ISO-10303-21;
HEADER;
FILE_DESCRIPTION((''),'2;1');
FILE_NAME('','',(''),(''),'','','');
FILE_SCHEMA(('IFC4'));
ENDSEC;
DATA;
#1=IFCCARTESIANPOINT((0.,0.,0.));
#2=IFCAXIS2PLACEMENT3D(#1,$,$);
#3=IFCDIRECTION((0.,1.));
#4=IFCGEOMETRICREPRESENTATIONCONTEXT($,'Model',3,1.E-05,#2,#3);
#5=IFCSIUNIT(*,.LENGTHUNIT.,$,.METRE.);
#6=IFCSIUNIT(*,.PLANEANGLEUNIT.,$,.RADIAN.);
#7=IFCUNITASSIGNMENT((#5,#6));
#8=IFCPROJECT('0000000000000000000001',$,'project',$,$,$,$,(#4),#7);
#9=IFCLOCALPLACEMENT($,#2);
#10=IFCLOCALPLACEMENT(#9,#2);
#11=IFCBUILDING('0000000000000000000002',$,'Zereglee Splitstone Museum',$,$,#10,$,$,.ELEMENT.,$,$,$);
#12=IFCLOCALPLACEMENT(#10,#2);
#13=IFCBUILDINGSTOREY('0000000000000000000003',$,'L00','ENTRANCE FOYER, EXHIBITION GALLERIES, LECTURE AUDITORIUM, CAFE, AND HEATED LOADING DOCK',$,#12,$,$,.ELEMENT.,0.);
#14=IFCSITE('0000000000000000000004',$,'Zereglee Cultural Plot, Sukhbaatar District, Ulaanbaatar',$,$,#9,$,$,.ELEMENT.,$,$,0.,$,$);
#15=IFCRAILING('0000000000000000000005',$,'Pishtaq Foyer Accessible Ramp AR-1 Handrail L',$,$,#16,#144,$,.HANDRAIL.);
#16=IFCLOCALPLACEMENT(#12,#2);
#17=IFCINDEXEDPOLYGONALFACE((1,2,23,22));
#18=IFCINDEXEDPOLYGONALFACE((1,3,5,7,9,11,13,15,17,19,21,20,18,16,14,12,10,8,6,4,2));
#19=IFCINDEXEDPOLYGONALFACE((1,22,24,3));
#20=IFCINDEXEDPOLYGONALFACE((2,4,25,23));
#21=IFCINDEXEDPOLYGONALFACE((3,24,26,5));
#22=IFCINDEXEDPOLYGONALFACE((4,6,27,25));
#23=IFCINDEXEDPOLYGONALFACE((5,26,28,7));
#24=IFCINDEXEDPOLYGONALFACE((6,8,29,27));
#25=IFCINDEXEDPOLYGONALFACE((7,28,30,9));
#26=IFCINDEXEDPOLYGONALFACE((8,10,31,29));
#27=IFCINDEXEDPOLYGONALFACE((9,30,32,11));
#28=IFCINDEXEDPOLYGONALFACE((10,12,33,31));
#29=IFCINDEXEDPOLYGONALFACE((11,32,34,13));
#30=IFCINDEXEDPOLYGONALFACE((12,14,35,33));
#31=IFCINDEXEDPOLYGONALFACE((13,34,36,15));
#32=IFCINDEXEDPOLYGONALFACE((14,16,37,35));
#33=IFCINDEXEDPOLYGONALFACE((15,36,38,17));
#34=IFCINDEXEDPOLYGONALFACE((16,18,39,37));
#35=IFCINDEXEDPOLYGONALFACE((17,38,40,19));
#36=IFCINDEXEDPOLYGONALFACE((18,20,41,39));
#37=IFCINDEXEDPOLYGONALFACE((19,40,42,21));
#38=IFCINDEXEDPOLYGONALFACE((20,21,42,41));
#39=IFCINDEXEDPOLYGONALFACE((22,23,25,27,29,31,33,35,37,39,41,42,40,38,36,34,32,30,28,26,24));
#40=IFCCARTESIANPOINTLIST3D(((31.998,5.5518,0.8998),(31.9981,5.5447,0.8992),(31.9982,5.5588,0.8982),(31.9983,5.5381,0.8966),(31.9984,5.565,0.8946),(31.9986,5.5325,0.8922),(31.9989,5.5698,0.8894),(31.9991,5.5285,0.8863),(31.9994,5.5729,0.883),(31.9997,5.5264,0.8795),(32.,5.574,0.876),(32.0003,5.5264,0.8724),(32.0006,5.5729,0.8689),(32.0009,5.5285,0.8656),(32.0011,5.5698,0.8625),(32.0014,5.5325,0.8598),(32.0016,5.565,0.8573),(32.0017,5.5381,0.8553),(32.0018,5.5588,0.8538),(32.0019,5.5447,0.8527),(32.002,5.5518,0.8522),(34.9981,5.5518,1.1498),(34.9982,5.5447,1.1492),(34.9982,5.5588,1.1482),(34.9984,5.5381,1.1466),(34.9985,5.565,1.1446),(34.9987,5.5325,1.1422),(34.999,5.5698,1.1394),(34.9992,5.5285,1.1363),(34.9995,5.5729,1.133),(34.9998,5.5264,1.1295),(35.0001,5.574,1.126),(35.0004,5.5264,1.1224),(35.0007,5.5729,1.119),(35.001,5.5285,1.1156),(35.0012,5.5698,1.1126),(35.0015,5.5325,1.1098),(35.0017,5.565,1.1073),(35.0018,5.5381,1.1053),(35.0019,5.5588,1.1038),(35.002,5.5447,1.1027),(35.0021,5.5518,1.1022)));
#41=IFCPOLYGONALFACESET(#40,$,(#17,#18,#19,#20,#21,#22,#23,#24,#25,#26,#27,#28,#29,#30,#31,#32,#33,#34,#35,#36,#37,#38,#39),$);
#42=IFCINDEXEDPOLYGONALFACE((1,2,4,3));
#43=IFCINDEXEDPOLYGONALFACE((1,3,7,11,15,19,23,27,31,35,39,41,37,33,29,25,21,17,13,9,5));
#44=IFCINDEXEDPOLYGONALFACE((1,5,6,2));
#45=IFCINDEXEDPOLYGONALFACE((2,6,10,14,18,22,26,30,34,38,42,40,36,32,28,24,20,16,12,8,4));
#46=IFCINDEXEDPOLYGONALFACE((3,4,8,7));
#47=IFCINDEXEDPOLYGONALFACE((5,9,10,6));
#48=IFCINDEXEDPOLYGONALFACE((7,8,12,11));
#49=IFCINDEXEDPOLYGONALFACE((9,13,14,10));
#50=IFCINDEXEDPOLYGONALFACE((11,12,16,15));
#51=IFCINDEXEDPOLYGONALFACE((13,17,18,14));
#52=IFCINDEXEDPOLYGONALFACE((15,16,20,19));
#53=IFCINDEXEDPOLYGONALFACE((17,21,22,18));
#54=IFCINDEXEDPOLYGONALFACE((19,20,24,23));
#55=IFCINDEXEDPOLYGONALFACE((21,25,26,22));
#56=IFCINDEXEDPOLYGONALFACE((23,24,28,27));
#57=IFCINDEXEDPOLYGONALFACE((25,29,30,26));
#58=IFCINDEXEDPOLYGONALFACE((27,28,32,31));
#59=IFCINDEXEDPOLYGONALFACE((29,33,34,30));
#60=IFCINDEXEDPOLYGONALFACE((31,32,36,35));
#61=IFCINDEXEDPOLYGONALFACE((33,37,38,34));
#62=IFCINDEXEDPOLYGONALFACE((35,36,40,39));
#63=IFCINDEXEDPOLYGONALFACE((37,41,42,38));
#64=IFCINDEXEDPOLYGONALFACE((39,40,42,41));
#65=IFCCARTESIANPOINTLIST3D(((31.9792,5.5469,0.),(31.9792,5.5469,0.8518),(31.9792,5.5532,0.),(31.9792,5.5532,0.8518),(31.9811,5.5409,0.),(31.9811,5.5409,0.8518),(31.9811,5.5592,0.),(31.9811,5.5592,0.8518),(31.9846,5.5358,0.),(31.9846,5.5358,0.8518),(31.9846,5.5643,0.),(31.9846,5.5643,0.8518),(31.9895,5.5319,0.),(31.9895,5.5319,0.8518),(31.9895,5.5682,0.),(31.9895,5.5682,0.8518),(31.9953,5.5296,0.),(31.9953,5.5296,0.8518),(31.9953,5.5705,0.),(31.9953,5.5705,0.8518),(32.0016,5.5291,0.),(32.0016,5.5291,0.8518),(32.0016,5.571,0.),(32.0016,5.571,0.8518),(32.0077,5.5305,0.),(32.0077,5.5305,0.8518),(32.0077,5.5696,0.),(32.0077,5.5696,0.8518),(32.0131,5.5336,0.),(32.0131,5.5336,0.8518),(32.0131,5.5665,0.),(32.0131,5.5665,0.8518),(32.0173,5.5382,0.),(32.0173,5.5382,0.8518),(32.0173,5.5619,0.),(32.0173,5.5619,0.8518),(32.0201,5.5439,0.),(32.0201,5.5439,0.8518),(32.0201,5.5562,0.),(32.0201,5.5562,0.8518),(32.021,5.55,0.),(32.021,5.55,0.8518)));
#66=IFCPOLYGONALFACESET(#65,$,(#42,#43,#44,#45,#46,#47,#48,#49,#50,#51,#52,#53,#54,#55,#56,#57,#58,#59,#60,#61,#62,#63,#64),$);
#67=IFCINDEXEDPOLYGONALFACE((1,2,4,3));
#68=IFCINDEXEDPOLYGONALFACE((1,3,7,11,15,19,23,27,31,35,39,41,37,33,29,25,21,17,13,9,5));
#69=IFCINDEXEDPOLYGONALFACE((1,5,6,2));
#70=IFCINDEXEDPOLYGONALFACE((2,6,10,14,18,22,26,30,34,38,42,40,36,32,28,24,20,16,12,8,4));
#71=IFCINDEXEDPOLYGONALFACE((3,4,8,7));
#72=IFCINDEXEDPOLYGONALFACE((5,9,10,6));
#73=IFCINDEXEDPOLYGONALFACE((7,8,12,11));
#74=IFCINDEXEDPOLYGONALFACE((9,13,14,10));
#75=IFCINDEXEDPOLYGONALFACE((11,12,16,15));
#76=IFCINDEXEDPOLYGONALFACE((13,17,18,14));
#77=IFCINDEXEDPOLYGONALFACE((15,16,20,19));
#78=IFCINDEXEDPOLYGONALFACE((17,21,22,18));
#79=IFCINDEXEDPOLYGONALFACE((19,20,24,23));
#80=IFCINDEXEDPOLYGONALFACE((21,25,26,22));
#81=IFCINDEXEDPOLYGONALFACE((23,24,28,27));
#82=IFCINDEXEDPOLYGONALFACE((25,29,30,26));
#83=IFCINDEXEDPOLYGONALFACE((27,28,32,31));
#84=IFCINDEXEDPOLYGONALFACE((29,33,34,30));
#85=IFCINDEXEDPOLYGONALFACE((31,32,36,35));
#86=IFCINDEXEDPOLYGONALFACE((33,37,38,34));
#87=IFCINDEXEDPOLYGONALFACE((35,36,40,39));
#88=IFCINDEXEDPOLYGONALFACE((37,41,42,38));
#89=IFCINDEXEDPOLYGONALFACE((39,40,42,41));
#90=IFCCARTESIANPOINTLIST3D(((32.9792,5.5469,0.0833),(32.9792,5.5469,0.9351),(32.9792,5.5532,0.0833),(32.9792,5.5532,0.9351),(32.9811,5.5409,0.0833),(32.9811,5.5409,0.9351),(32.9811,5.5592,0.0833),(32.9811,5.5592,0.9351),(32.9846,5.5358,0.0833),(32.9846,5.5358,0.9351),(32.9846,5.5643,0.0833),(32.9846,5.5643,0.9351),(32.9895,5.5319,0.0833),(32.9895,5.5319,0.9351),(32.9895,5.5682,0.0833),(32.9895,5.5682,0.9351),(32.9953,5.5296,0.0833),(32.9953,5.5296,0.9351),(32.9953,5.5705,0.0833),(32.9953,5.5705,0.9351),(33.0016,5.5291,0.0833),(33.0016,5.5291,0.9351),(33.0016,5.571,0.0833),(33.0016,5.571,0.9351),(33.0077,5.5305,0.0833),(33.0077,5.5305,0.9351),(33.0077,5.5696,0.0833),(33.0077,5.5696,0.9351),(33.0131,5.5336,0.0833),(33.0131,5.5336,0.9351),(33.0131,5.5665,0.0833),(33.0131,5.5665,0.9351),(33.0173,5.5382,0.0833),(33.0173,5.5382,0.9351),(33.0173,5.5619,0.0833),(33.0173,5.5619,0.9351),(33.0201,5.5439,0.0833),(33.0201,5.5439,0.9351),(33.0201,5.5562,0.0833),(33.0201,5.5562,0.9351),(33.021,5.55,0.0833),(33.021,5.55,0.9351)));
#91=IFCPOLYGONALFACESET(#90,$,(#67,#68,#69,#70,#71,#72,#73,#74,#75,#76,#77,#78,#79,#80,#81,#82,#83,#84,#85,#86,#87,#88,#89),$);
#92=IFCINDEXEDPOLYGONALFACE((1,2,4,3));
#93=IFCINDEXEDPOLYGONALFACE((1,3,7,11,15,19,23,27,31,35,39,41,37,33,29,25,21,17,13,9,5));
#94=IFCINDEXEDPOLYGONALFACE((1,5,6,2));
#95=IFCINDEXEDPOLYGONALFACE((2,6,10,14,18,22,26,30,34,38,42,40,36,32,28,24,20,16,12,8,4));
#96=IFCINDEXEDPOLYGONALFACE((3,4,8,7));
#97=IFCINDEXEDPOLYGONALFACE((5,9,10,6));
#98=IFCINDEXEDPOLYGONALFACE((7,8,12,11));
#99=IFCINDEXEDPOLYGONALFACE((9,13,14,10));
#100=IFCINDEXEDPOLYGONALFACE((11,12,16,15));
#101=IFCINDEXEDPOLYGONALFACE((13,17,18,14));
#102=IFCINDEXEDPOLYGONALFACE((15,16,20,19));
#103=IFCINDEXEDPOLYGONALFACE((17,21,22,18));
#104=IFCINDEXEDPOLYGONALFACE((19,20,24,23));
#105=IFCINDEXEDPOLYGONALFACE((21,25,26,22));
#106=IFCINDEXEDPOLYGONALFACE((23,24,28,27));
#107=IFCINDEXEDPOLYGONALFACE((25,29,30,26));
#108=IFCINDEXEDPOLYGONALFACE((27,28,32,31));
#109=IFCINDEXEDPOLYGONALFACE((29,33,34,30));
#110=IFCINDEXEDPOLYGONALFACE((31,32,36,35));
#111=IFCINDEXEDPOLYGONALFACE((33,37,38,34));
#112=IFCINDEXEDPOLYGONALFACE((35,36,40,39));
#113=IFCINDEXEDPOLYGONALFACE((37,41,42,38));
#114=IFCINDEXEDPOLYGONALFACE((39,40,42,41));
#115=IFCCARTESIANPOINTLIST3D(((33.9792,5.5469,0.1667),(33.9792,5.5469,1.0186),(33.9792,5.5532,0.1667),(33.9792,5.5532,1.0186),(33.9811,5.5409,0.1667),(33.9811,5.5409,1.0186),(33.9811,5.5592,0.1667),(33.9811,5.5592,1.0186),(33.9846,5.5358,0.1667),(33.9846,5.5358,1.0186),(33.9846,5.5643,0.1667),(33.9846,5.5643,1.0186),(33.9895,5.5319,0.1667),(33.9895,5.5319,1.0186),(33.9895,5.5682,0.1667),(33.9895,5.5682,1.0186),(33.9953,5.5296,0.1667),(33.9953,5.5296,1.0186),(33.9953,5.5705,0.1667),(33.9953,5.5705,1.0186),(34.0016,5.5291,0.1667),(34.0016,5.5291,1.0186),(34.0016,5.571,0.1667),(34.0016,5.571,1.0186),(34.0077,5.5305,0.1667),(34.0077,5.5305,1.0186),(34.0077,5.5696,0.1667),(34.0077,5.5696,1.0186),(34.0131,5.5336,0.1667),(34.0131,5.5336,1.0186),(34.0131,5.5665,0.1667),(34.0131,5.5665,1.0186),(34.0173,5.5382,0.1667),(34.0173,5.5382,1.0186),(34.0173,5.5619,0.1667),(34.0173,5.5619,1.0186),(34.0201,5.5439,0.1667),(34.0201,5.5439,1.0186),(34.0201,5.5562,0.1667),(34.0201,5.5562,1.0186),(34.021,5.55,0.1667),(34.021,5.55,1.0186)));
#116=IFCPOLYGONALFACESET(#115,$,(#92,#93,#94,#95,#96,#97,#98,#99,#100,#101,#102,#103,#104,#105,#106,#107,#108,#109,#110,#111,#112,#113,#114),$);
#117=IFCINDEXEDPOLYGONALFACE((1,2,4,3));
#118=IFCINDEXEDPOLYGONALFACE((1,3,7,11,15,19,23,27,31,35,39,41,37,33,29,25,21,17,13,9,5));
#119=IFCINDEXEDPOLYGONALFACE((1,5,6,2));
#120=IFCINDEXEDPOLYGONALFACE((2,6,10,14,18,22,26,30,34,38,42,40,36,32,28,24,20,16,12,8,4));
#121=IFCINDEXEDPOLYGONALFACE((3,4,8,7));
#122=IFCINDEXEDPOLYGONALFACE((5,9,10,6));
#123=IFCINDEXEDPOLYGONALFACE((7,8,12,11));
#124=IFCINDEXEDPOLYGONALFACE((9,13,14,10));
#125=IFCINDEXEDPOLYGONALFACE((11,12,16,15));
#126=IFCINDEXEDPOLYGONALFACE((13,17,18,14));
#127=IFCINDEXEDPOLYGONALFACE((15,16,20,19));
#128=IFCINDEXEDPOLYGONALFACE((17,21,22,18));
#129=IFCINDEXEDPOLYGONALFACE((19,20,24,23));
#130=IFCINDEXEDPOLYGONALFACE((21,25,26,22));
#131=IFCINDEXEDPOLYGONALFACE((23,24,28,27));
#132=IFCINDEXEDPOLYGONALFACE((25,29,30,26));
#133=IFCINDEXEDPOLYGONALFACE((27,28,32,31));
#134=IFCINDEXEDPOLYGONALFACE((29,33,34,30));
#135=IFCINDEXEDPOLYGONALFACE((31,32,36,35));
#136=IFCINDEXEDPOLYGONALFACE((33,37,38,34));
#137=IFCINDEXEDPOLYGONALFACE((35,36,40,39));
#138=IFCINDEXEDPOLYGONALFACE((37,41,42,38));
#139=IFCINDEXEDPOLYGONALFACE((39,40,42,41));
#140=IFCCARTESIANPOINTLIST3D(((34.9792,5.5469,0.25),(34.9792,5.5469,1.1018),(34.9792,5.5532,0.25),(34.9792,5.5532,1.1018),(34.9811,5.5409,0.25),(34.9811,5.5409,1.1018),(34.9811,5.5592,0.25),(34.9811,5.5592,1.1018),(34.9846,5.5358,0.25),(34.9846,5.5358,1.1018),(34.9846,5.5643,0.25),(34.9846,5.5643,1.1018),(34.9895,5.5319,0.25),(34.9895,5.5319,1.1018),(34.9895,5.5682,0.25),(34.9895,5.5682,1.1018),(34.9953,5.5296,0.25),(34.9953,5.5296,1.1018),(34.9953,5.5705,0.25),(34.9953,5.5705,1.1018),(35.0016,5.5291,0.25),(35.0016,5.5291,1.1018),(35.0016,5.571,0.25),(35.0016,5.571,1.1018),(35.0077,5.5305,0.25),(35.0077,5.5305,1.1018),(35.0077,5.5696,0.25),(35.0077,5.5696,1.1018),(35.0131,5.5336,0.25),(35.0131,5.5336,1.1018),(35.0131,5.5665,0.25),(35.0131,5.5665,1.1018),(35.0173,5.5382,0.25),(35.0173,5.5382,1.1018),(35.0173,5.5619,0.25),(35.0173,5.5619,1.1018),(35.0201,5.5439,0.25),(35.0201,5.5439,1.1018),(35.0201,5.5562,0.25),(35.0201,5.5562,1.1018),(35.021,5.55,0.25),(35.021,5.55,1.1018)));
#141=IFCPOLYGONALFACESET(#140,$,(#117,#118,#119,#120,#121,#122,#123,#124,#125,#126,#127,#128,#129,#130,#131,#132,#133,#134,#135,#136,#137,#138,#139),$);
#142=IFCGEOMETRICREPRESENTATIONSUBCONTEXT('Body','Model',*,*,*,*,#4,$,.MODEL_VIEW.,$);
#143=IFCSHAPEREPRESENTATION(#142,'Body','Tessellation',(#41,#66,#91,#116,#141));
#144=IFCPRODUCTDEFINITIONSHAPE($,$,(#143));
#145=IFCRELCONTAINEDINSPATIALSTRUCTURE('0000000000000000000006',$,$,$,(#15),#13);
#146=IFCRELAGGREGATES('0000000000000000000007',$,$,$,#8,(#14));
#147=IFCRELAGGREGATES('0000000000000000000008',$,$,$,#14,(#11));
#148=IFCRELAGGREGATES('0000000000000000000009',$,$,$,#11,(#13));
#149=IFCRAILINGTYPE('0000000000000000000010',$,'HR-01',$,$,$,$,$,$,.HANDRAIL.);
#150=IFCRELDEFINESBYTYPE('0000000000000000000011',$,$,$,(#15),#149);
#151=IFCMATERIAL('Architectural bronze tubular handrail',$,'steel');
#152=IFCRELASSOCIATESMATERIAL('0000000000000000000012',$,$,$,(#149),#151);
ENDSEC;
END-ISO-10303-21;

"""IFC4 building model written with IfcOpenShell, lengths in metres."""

from ifc_helpers import new_model, si_unit, direction, frame, origin, origin_2d, place, context, subcontext, project, spatial, circle, extrude, material, type_object, element, save


model = new_model("IFC4")

# Units and contexts
model_context = context("Model", 3, precision=1e-05, world=origin(), true_north=direction((0.0, 1.0)))
body_context = subcontext(model_context, "Body", "Model", "MODEL_VIEW")
ifc_project = project(units=[si_unit("LENGTHUNIT", "METRE"), si_unit("PLANEANGLEUNIT", "RADIAN")], contexts=[model_context])

# Site, building, storey
site_placement = place(None, origin())
site = spatial("IfcSite", under=ifc_project, at=site_placement, Name="Zereglee Cultural Plot, Sukhbaatar District, Ulaanbaatar", CompositionType="ELEMENT", RefElevation=0.0)
building_placement = place(site_placement, origin())
building = spatial("IfcBuilding", under=site, at=building_placement, Name="Zereglee Splitstone Museum", CompositionType="ELEMENT")
storey_placement = place(building_placement, origin())
storey = spatial("IfcBuildingStorey", under=building, at=storey_placement, Name="L00", Description="ENTRANCE FOYER, EXHIBITION GALLERIES, LECTURE AUDITORIUM, CAFE, AND HEATED LOADING DOCK", CompositionType="ELEMENT", Elevation=0.0)

# Railing
ifc_material_1 = material(Name="Architectural bronze tubular handrail", Category="steel")
railing_type = type_object("IfcRailingType", Name="HR-01", PredefinedType="HANDRAIL", material=ifc_material_1)
for number, where, name in (
    (1, (32.0, 5.55, 0.0), "Pishtaq Foyer Accessible Ramp AR-1 Handrail L"),
):
    element("IfcRailing", number, at=place(storey_placement, frame(where)), inside=storey, type_object=railing_type, Name=name, PredefinedType="HANDRAIL", context=body_context, shape_type="SweptSolid", body=[
        extrude(circle(Radius=0.0239, at=origin_2d()), frame((0.0, 0.0, 0.876), z_axis=(0.996546, 0.0, 0.083045), x_axis=(0.0, 1.0, 0.0)), (0.0, 0.0, 1.0), 3.0105),
        extrude(circle(Radius=0.021, at=origin_2d()), origin(), (0.0, 0.0, 1.0), 0.8518),
        extrude(circle(Radius=0.021, at=origin_2d()), frame((1.0, 0.0, 0.0833)), (0.0, 0.0, 1.0), 0.8518),
        extrude(circle(Radius=0.021, at=origin_2d()), frame((2.0, 0.0, 0.1667)), (0.0, 0.0, 1.0), 0.8518),
        extrude(circle(Radius=0.021, at=origin_2d()), frame((3.0, 0.0, 0.25)), (0.0, 0.0, 1.0), 0.8518),
    ])

save(model, "model.ifc")
